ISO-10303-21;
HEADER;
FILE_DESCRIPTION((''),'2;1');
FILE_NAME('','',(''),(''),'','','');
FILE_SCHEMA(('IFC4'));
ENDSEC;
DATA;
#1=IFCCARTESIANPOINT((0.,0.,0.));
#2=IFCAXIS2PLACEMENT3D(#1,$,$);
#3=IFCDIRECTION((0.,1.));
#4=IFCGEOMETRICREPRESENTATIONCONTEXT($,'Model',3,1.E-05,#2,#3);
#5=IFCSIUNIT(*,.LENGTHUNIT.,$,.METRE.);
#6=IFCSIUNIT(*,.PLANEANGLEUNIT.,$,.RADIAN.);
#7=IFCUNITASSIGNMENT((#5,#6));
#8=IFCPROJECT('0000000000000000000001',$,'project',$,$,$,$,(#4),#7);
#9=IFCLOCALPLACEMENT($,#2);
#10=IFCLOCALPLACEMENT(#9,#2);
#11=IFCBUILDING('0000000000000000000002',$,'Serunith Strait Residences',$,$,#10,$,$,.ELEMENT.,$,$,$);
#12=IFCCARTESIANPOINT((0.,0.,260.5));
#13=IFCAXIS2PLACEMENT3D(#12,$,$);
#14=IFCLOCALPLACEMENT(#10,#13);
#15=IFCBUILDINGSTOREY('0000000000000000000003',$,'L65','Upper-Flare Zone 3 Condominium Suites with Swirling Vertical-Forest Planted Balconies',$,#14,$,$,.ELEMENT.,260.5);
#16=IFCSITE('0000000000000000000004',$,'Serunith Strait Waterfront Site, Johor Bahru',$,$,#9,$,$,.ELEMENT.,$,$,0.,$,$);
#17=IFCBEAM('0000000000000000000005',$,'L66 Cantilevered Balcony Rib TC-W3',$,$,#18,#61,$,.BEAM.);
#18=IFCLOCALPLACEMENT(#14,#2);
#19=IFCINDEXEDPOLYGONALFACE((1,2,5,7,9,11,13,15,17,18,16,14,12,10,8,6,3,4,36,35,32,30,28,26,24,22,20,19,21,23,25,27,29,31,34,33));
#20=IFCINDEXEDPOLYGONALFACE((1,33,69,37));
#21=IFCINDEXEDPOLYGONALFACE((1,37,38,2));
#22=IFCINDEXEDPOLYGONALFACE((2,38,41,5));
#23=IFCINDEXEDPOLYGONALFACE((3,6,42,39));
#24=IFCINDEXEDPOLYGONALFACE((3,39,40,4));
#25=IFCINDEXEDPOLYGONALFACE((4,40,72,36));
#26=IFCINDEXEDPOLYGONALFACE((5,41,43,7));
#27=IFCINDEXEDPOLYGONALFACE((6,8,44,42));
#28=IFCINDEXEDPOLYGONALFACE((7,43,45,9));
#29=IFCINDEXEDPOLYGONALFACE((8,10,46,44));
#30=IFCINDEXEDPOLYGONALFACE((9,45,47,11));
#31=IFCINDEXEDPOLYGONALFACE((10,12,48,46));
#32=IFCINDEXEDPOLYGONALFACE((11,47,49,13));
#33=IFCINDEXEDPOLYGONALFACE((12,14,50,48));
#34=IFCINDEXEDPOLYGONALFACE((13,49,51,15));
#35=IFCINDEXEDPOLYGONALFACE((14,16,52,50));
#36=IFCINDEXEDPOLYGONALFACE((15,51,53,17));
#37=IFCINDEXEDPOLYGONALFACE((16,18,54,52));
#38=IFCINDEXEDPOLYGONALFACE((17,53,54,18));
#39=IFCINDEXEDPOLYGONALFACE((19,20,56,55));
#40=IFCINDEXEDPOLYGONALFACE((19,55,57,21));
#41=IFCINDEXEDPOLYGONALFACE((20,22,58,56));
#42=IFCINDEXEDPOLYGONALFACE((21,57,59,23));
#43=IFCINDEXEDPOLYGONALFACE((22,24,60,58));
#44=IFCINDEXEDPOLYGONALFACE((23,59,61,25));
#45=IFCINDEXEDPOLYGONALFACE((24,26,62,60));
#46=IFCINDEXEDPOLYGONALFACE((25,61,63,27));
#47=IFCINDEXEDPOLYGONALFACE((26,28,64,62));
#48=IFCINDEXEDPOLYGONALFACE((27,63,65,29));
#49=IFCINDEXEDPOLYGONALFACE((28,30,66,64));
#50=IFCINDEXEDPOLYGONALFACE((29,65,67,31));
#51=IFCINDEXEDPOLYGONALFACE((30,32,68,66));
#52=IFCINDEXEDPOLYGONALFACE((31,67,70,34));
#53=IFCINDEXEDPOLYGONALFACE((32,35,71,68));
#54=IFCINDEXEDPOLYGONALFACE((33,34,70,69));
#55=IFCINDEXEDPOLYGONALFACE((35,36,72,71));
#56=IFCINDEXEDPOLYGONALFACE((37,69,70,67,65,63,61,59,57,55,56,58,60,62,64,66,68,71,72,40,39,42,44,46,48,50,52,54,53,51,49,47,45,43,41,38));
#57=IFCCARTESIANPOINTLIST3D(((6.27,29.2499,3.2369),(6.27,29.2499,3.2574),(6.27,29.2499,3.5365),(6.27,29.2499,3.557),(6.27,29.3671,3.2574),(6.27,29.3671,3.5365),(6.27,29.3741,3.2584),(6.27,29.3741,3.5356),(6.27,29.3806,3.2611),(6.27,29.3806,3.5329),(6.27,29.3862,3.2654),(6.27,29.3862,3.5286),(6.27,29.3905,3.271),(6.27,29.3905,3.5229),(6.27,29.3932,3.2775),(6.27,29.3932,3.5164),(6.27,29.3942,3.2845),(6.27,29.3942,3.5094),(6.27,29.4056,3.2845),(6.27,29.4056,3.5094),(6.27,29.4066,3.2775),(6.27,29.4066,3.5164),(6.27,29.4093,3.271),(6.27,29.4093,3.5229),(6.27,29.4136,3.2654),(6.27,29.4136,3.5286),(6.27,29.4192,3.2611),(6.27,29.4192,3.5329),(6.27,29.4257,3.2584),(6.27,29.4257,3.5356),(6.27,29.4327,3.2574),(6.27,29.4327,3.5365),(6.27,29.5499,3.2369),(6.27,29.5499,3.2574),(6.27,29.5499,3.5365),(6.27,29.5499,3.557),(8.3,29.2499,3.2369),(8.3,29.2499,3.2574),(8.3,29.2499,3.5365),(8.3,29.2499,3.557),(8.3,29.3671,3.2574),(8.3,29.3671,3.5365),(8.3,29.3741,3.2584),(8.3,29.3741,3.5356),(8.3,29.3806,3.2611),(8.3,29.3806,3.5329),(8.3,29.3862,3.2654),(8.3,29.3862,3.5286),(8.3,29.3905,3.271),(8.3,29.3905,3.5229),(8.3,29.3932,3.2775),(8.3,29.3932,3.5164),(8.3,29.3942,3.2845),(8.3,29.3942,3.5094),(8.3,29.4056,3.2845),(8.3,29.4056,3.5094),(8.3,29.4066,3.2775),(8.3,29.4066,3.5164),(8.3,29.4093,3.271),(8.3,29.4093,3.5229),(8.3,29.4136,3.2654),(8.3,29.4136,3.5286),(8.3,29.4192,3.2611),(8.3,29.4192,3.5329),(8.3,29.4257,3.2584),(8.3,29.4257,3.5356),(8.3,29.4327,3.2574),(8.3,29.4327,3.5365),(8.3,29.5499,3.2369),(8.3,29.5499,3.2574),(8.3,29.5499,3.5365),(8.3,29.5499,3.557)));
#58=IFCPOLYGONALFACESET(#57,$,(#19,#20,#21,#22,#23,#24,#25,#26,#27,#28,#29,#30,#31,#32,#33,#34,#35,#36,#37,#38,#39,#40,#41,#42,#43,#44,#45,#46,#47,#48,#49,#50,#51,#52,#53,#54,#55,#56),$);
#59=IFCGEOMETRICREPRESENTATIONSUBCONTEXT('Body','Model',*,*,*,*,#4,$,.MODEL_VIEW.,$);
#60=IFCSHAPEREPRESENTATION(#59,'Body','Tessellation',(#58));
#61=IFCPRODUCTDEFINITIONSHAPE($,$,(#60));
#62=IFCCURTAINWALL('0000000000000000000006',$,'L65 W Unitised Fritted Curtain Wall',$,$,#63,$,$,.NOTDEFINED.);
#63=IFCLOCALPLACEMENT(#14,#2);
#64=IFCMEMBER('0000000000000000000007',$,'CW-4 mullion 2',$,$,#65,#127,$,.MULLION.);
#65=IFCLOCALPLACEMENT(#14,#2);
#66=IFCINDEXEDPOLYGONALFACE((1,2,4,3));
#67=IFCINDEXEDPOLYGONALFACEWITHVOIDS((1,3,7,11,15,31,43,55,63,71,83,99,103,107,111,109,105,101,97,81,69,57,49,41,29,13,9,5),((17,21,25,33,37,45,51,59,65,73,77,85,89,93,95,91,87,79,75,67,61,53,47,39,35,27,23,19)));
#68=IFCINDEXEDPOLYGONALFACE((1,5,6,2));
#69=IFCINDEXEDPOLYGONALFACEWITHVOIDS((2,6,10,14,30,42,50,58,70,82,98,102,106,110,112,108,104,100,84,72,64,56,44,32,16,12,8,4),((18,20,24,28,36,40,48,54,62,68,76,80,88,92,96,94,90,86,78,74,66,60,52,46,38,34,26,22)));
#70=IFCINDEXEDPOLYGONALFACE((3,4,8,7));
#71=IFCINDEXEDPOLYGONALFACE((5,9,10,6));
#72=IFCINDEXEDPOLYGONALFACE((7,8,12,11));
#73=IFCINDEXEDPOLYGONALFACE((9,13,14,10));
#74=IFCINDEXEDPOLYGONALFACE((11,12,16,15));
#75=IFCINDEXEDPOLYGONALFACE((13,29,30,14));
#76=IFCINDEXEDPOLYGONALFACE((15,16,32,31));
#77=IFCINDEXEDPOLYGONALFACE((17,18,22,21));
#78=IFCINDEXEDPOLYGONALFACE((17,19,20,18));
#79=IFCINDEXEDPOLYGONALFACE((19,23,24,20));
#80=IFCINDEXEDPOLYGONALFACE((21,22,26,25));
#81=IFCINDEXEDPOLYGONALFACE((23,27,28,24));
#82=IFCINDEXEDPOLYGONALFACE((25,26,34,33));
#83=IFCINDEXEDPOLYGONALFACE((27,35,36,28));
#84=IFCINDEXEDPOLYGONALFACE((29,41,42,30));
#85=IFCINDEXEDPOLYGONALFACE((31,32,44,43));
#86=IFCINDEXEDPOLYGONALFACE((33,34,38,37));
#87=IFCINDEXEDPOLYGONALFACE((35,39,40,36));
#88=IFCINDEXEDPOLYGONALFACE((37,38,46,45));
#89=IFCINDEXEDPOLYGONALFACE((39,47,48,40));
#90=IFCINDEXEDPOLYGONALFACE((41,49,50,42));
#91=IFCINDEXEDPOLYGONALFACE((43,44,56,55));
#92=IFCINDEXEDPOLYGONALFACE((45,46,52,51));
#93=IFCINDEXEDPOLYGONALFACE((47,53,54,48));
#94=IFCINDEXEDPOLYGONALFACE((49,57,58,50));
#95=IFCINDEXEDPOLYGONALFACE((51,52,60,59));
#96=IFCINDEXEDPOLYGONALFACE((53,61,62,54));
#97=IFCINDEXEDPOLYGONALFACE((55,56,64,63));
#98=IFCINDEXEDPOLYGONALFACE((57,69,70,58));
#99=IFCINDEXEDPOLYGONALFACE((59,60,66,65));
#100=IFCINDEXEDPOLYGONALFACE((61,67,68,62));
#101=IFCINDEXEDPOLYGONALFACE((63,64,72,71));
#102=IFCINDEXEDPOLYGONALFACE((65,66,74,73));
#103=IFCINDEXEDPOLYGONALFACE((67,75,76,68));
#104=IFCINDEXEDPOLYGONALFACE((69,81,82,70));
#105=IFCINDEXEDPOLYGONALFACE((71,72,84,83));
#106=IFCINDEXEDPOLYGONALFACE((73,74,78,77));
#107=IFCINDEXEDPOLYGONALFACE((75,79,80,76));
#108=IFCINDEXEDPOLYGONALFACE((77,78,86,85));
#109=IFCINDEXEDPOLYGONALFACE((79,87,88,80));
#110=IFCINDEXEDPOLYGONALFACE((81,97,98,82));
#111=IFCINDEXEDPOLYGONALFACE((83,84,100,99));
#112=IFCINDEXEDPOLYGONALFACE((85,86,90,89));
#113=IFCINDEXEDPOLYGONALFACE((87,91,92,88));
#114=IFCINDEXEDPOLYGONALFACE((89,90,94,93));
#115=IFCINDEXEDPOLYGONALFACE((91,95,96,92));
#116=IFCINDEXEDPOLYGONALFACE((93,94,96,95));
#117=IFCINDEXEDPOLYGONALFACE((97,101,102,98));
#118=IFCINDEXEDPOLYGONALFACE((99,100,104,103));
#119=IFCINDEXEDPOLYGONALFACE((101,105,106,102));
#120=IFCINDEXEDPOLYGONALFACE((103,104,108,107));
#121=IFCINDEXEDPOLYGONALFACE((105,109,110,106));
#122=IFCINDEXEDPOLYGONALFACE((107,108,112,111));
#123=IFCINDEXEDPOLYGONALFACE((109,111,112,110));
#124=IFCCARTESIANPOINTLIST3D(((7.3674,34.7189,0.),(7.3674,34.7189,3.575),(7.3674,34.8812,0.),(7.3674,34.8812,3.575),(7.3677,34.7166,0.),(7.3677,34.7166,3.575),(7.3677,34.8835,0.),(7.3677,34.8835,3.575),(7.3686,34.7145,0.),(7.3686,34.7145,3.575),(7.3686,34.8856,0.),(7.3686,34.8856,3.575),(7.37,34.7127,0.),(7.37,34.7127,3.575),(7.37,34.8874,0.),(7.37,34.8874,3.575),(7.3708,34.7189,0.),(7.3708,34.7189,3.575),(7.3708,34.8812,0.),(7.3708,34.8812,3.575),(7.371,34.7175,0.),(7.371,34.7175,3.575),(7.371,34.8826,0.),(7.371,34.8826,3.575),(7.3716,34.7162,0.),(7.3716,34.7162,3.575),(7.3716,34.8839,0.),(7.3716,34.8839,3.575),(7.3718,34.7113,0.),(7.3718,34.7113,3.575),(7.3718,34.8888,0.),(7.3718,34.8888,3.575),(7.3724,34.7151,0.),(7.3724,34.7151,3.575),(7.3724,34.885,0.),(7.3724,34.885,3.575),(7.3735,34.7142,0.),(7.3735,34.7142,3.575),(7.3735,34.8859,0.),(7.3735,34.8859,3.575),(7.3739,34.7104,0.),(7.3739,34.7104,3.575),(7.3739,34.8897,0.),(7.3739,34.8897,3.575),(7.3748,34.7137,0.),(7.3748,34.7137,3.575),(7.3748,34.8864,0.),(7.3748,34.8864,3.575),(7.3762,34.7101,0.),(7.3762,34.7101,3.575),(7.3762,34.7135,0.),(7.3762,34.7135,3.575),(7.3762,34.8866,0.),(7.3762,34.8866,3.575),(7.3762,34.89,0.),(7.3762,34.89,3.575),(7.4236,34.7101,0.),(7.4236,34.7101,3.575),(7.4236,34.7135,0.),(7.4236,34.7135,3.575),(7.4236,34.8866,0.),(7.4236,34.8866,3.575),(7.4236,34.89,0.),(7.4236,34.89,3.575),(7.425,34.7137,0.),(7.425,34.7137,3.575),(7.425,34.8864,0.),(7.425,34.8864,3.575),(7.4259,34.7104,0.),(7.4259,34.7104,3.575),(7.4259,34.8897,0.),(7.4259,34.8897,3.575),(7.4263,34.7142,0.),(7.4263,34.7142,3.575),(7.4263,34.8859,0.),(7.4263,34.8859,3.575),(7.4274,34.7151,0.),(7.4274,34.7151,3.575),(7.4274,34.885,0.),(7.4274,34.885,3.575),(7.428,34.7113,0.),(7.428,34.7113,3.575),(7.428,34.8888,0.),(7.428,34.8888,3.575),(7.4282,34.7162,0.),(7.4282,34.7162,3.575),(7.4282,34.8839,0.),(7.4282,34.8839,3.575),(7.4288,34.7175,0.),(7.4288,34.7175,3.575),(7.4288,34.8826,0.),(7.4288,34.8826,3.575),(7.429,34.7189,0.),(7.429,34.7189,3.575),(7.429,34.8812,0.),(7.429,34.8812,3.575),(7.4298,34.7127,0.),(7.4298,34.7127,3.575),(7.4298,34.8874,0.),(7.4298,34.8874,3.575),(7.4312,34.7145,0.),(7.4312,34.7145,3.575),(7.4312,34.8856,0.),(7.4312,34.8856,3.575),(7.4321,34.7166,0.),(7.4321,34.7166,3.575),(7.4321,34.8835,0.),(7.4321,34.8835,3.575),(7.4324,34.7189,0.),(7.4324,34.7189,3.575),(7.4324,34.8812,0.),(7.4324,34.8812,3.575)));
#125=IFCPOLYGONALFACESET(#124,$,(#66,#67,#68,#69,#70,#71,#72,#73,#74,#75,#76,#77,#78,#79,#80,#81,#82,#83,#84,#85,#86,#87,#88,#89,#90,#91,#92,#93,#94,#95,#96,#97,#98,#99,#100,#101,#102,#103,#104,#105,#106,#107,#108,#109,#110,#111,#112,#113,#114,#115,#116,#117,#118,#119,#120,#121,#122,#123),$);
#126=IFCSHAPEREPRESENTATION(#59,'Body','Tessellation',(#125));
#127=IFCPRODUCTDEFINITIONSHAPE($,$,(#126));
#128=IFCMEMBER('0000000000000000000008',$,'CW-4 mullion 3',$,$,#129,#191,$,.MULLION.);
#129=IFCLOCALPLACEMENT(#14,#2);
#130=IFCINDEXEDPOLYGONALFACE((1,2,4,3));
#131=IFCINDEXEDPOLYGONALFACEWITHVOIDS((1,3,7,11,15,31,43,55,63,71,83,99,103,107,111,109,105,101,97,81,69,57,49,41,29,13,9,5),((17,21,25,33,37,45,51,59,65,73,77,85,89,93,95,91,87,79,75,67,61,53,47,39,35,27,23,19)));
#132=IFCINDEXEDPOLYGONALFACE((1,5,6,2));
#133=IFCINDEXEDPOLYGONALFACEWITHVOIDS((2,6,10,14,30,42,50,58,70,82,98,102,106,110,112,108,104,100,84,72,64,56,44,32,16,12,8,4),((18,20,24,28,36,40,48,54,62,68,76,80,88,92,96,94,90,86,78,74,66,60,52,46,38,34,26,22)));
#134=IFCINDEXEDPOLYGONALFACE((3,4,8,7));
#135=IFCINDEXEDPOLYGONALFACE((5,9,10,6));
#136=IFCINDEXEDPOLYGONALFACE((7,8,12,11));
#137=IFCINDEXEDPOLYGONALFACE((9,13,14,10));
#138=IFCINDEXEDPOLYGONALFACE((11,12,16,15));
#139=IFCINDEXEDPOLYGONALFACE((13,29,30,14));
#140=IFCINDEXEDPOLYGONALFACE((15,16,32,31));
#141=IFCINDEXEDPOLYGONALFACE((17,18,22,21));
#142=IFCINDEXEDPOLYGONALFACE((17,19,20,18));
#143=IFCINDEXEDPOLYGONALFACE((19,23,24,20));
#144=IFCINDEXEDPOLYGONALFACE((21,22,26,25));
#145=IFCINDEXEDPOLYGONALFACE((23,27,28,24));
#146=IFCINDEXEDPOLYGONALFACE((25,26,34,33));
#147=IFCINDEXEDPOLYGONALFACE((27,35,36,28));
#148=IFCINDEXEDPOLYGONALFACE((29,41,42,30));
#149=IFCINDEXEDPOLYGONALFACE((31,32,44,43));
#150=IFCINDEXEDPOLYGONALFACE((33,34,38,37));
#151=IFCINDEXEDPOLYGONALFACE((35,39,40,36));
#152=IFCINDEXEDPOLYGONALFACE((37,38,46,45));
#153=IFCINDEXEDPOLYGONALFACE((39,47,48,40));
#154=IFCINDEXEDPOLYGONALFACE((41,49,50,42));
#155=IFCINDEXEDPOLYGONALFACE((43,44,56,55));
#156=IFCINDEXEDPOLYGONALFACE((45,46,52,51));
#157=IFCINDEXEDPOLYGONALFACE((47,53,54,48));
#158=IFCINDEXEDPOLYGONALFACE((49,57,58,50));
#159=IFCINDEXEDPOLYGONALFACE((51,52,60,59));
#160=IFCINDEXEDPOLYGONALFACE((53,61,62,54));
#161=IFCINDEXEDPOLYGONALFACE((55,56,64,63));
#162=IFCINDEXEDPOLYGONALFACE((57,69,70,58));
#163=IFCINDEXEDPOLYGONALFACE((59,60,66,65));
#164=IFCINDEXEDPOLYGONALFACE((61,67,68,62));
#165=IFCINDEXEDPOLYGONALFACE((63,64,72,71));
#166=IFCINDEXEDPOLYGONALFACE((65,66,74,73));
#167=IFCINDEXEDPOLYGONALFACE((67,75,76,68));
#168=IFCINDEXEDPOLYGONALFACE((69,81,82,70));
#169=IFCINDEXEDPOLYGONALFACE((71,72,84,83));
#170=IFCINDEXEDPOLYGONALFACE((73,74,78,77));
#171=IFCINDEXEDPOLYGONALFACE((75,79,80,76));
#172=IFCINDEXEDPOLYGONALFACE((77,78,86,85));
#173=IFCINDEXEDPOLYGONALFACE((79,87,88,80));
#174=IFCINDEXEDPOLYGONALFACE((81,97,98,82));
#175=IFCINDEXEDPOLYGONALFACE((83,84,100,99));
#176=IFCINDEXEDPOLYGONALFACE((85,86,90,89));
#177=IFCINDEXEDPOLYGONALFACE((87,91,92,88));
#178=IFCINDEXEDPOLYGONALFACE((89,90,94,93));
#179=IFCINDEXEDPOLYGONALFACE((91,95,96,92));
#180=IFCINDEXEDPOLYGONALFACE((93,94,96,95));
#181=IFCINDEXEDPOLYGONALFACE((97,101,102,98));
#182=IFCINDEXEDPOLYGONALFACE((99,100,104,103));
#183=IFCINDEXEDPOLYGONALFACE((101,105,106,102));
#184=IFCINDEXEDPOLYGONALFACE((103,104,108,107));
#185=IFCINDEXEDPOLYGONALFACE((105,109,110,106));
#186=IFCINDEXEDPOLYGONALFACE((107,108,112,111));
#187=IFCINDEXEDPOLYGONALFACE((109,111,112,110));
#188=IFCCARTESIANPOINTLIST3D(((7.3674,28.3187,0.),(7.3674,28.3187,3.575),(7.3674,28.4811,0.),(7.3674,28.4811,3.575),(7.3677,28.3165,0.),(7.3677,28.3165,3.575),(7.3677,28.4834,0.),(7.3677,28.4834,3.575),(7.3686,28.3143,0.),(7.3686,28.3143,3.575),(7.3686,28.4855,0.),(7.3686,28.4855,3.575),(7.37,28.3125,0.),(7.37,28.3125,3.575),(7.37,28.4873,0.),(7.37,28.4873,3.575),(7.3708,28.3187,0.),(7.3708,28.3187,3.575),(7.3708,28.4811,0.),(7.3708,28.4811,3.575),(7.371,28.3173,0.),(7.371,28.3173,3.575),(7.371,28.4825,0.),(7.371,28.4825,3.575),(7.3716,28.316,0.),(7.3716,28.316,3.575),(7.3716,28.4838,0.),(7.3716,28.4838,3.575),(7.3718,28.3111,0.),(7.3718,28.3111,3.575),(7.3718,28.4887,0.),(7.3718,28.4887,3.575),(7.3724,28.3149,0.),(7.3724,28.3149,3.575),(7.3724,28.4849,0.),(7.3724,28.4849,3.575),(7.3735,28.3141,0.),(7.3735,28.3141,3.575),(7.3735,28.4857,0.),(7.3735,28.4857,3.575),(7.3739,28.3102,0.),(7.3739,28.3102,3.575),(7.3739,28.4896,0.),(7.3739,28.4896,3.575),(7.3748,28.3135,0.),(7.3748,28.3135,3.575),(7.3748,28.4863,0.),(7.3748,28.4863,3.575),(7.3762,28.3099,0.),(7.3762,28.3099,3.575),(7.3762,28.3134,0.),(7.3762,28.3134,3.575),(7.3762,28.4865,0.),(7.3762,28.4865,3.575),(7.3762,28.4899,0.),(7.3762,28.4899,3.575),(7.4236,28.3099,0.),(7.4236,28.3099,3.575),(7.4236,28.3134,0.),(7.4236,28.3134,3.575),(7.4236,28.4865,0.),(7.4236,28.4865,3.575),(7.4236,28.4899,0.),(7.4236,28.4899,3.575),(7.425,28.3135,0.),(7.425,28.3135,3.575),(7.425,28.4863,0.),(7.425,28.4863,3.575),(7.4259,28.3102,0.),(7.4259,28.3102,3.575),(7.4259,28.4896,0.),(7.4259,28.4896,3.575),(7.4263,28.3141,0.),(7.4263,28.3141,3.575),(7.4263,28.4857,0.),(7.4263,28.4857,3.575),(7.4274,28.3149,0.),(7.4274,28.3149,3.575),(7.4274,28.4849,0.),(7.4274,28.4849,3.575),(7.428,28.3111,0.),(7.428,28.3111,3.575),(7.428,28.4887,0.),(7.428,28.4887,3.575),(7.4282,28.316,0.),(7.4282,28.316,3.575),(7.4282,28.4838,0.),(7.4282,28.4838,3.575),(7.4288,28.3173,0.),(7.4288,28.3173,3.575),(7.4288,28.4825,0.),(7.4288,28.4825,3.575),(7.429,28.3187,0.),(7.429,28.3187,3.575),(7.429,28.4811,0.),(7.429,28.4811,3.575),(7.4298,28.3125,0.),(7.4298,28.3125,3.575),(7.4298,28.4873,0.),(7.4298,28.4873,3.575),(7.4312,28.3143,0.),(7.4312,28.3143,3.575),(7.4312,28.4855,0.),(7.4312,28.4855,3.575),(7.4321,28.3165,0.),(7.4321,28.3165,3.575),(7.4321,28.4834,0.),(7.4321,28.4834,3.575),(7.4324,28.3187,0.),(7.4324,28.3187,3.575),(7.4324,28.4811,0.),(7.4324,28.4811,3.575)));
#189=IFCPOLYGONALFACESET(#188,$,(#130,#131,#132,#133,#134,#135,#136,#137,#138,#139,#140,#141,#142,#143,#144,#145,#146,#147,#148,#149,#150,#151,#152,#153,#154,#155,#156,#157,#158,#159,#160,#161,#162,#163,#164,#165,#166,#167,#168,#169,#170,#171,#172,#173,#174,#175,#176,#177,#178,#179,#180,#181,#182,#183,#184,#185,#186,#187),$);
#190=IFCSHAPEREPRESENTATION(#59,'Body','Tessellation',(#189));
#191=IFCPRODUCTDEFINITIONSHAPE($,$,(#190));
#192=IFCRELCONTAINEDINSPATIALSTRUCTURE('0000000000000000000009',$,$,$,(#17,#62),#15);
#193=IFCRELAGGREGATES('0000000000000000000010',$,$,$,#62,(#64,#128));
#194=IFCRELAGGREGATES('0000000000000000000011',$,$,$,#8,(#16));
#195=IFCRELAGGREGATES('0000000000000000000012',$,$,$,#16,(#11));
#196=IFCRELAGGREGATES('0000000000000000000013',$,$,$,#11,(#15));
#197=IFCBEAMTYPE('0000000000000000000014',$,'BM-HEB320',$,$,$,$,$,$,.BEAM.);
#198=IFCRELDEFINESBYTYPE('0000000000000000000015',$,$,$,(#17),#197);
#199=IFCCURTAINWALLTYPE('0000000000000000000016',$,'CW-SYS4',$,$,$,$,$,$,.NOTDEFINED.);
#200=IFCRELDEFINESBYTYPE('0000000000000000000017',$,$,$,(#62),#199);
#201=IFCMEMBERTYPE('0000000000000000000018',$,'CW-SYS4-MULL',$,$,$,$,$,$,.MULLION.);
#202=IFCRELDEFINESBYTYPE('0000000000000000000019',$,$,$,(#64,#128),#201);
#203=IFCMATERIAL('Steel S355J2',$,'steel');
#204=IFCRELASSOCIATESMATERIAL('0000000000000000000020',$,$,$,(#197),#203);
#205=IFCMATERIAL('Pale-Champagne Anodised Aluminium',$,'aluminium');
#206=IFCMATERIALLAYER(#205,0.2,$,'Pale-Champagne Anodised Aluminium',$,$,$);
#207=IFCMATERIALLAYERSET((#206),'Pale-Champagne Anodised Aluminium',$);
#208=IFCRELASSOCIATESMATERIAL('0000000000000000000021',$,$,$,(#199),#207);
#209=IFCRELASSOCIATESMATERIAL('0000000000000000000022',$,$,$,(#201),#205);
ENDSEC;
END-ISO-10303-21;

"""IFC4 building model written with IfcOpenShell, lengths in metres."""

from ifc_helpers import new_model, si_unit, direction, frame, origin, origin_2d, place, context, subcontext, project, spatial, hollow_rectangle, i_section, extrude, source, transform, mapped, material, layer, layer_set, material_profile, profile_set, type_object, element, aggregate, save


model = new_model("IFC4")

# Units and contexts
model_context = context("Model", 3, precision=1e-05, world=origin(), true_north=direction((0.0, 1.0)))
body_context = subcontext(model_context, "Body", "Model", "MODEL_VIEW")
ifc_project = project(units=[si_unit("LENGTHUNIT", "METRE"), si_unit("PLANEANGLEUNIT", "RADIAN")], contexts=[model_context])

# Site, building, storey
site_placement = place(None, origin())
site = spatial("IfcSite", under=ifc_project, at=site_placement, Name="Serunith Strait Waterfront Site, Johor Bahru", CompositionType="ELEMENT", RefElevation=0.0)
building_placement = place(site_placement, origin())
building = spatial("IfcBuilding", under=site, at=building_placement, Name="Serunith Strait Residences", CompositionType="ELEMENT")
storey_placement = place(building_placement, frame((0.0, 0.0, 260.5)))
storey = spatial("IfcBuildingStorey", under=building, at=storey_placement, Name="L65", Description="Upper-Flare Zone 3 Condominium Suites with Swirling Vertical-Forest Planted Balconies", CompositionType="ELEMENT", Elevation=260.5)

# Beam
ifc_material_1 = material(Name="Steel S355J2", Category="steel")
ifc_material_profile_1 = material_profile(ifc_material_1, i_section(OverallWidth=0.3, OverallDepth=0.3201, WebThickness=0.0115, FlangeThickness=0.0205, FilletRadius=0.0271, at=origin_2d()), Name="HEB 320")
ifc_profile_set_1 = profile_set([ifc_material_profile_1], Name="Steel S355J2")
beam_type_1 = type_object("IfcBeamType", Name="BM-HEB320", PredefinedType="BEAM", material=ifc_profile_set_1)
shared_shape_1 = source(origin(), body_context, "Body", "SweptSolid", [
    extrude(i_section(OverallWidth=0.3, OverallDepth=0.3201, WebThickness=0.0115, FlangeThickness=0.0205, FilletRadius=0.0271, at=origin_2d()), origin(), (0.0, 0.0, 1.0), 2.03),
])
beam_1_placement = place(storey_placement, frame((8.3, 29.3999, 3.397), z_axis=(-1.0, 0.0, 0.0), x_axis=(0.0, -1.0, 0.0)))
element("IfcBeam", 1, at=beam_1_placement, inside=storey, type_object=beam_type_1, Name="L66 Cantilevered Balcony Rib TC-W3", PredefinedType="BEAM", context=body_context, shape_type="MappedRepresentation", body=[
    mapped(shared_shape_1, transform((0.0, 0.0, 0.0), scale=1.0)),
])

# Curtain wall, members
ifc_material_2 = material(Name="Pale-Champagne Anodised Aluminium", Category="aluminium")
ifc_layer_1 = layer(ifc_material_2, 0.2, Name="Pale-Champagne Anodised Aluminium")
ifc_layer_set_1 = layer_set([ifc_layer_1], Name="Pale-Champagne Anodised Aluminium")
curtain_wall_type = type_object("IfcCurtainWallType", Name="CW-SYS4", PredefinedType="NOTDEFINED", material=ifc_layer_set_1)
curtain_wall_placement = place(storey_placement, origin())
curtain_wall = element("IfcCurtainWall", 2, at=curtain_wall_placement, inside=storey, type_object=curtain_wall_type, Name="L65 W Unitised Fritted Curtain Wall", PredefinedType="NOTDEFINED")
ifc_material_profile_2 = material_profile(ifc_material_2, hollow_rectangle(XDim=0.0649, YDim=0.1799, WallThickness=0.0034, InnerFilletRadius=0.0054, OuterFilletRadius=0.0088, at=origin_2d()), Name="ALU 180x65x3.5")
ifc_profile_set_2 = profile_set([ifc_material_profile_2], Name="Pale-Champagne Anodised Aluminium")
member_type_1 = type_object("IfcMemberType", Name="CW-SYS4-MULL", PredefinedType="MULLION", material=ifc_profile_set_2)
shared_shape_2 = source(origin(), body_context, "Body", "SweptSolid", [
    extrude(hollow_rectangle(XDim=0.0649, YDim=0.1799, WallThickness=0.0034, InnerFilletRadius=0.0054, OuterFilletRadius=0.0088, at=origin_2d()), origin(), (0.0, 0.0, 1.0), 3.575),
])
member_1_placement = place(storey_placement, frame((7.3999, 34.8, 0.0), z_axis=(0.0, 0.0, 1.0), x_axis=(1.0, 0.0, 0.0)))
member_1 = element("IfcMember", 3, at=member_1_placement, type_object=member_type_1, Name="CW-4 mullion 2", PredefinedType="MULLION", context=body_context, shape_type="MappedRepresentation", body=[
    mapped(shared_shape_2, transform((0.0, 0.0, 0.0), scale=1.0)),
])
member_2_placement = place(storey_placement, frame((7.3999, 28.3999, 0.0), z_axis=(0.0, 0.0, 1.0), x_axis=(1.0, 0.0, 0.0)))
member_2 = element("IfcMember", 4, at=member_2_placement, type_object=member_type_1, Name="CW-4 mullion 3", PredefinedType="MULLION", context=body_context, shape_type="MappedRepresentation", body=[
    mapped(shared_shape_2, transform((0.0, 0.0, 0.0), scale=1.0)),
])
aggregate(curtain_wall, [member_1, member_2])

save(model, "model.ifc")
